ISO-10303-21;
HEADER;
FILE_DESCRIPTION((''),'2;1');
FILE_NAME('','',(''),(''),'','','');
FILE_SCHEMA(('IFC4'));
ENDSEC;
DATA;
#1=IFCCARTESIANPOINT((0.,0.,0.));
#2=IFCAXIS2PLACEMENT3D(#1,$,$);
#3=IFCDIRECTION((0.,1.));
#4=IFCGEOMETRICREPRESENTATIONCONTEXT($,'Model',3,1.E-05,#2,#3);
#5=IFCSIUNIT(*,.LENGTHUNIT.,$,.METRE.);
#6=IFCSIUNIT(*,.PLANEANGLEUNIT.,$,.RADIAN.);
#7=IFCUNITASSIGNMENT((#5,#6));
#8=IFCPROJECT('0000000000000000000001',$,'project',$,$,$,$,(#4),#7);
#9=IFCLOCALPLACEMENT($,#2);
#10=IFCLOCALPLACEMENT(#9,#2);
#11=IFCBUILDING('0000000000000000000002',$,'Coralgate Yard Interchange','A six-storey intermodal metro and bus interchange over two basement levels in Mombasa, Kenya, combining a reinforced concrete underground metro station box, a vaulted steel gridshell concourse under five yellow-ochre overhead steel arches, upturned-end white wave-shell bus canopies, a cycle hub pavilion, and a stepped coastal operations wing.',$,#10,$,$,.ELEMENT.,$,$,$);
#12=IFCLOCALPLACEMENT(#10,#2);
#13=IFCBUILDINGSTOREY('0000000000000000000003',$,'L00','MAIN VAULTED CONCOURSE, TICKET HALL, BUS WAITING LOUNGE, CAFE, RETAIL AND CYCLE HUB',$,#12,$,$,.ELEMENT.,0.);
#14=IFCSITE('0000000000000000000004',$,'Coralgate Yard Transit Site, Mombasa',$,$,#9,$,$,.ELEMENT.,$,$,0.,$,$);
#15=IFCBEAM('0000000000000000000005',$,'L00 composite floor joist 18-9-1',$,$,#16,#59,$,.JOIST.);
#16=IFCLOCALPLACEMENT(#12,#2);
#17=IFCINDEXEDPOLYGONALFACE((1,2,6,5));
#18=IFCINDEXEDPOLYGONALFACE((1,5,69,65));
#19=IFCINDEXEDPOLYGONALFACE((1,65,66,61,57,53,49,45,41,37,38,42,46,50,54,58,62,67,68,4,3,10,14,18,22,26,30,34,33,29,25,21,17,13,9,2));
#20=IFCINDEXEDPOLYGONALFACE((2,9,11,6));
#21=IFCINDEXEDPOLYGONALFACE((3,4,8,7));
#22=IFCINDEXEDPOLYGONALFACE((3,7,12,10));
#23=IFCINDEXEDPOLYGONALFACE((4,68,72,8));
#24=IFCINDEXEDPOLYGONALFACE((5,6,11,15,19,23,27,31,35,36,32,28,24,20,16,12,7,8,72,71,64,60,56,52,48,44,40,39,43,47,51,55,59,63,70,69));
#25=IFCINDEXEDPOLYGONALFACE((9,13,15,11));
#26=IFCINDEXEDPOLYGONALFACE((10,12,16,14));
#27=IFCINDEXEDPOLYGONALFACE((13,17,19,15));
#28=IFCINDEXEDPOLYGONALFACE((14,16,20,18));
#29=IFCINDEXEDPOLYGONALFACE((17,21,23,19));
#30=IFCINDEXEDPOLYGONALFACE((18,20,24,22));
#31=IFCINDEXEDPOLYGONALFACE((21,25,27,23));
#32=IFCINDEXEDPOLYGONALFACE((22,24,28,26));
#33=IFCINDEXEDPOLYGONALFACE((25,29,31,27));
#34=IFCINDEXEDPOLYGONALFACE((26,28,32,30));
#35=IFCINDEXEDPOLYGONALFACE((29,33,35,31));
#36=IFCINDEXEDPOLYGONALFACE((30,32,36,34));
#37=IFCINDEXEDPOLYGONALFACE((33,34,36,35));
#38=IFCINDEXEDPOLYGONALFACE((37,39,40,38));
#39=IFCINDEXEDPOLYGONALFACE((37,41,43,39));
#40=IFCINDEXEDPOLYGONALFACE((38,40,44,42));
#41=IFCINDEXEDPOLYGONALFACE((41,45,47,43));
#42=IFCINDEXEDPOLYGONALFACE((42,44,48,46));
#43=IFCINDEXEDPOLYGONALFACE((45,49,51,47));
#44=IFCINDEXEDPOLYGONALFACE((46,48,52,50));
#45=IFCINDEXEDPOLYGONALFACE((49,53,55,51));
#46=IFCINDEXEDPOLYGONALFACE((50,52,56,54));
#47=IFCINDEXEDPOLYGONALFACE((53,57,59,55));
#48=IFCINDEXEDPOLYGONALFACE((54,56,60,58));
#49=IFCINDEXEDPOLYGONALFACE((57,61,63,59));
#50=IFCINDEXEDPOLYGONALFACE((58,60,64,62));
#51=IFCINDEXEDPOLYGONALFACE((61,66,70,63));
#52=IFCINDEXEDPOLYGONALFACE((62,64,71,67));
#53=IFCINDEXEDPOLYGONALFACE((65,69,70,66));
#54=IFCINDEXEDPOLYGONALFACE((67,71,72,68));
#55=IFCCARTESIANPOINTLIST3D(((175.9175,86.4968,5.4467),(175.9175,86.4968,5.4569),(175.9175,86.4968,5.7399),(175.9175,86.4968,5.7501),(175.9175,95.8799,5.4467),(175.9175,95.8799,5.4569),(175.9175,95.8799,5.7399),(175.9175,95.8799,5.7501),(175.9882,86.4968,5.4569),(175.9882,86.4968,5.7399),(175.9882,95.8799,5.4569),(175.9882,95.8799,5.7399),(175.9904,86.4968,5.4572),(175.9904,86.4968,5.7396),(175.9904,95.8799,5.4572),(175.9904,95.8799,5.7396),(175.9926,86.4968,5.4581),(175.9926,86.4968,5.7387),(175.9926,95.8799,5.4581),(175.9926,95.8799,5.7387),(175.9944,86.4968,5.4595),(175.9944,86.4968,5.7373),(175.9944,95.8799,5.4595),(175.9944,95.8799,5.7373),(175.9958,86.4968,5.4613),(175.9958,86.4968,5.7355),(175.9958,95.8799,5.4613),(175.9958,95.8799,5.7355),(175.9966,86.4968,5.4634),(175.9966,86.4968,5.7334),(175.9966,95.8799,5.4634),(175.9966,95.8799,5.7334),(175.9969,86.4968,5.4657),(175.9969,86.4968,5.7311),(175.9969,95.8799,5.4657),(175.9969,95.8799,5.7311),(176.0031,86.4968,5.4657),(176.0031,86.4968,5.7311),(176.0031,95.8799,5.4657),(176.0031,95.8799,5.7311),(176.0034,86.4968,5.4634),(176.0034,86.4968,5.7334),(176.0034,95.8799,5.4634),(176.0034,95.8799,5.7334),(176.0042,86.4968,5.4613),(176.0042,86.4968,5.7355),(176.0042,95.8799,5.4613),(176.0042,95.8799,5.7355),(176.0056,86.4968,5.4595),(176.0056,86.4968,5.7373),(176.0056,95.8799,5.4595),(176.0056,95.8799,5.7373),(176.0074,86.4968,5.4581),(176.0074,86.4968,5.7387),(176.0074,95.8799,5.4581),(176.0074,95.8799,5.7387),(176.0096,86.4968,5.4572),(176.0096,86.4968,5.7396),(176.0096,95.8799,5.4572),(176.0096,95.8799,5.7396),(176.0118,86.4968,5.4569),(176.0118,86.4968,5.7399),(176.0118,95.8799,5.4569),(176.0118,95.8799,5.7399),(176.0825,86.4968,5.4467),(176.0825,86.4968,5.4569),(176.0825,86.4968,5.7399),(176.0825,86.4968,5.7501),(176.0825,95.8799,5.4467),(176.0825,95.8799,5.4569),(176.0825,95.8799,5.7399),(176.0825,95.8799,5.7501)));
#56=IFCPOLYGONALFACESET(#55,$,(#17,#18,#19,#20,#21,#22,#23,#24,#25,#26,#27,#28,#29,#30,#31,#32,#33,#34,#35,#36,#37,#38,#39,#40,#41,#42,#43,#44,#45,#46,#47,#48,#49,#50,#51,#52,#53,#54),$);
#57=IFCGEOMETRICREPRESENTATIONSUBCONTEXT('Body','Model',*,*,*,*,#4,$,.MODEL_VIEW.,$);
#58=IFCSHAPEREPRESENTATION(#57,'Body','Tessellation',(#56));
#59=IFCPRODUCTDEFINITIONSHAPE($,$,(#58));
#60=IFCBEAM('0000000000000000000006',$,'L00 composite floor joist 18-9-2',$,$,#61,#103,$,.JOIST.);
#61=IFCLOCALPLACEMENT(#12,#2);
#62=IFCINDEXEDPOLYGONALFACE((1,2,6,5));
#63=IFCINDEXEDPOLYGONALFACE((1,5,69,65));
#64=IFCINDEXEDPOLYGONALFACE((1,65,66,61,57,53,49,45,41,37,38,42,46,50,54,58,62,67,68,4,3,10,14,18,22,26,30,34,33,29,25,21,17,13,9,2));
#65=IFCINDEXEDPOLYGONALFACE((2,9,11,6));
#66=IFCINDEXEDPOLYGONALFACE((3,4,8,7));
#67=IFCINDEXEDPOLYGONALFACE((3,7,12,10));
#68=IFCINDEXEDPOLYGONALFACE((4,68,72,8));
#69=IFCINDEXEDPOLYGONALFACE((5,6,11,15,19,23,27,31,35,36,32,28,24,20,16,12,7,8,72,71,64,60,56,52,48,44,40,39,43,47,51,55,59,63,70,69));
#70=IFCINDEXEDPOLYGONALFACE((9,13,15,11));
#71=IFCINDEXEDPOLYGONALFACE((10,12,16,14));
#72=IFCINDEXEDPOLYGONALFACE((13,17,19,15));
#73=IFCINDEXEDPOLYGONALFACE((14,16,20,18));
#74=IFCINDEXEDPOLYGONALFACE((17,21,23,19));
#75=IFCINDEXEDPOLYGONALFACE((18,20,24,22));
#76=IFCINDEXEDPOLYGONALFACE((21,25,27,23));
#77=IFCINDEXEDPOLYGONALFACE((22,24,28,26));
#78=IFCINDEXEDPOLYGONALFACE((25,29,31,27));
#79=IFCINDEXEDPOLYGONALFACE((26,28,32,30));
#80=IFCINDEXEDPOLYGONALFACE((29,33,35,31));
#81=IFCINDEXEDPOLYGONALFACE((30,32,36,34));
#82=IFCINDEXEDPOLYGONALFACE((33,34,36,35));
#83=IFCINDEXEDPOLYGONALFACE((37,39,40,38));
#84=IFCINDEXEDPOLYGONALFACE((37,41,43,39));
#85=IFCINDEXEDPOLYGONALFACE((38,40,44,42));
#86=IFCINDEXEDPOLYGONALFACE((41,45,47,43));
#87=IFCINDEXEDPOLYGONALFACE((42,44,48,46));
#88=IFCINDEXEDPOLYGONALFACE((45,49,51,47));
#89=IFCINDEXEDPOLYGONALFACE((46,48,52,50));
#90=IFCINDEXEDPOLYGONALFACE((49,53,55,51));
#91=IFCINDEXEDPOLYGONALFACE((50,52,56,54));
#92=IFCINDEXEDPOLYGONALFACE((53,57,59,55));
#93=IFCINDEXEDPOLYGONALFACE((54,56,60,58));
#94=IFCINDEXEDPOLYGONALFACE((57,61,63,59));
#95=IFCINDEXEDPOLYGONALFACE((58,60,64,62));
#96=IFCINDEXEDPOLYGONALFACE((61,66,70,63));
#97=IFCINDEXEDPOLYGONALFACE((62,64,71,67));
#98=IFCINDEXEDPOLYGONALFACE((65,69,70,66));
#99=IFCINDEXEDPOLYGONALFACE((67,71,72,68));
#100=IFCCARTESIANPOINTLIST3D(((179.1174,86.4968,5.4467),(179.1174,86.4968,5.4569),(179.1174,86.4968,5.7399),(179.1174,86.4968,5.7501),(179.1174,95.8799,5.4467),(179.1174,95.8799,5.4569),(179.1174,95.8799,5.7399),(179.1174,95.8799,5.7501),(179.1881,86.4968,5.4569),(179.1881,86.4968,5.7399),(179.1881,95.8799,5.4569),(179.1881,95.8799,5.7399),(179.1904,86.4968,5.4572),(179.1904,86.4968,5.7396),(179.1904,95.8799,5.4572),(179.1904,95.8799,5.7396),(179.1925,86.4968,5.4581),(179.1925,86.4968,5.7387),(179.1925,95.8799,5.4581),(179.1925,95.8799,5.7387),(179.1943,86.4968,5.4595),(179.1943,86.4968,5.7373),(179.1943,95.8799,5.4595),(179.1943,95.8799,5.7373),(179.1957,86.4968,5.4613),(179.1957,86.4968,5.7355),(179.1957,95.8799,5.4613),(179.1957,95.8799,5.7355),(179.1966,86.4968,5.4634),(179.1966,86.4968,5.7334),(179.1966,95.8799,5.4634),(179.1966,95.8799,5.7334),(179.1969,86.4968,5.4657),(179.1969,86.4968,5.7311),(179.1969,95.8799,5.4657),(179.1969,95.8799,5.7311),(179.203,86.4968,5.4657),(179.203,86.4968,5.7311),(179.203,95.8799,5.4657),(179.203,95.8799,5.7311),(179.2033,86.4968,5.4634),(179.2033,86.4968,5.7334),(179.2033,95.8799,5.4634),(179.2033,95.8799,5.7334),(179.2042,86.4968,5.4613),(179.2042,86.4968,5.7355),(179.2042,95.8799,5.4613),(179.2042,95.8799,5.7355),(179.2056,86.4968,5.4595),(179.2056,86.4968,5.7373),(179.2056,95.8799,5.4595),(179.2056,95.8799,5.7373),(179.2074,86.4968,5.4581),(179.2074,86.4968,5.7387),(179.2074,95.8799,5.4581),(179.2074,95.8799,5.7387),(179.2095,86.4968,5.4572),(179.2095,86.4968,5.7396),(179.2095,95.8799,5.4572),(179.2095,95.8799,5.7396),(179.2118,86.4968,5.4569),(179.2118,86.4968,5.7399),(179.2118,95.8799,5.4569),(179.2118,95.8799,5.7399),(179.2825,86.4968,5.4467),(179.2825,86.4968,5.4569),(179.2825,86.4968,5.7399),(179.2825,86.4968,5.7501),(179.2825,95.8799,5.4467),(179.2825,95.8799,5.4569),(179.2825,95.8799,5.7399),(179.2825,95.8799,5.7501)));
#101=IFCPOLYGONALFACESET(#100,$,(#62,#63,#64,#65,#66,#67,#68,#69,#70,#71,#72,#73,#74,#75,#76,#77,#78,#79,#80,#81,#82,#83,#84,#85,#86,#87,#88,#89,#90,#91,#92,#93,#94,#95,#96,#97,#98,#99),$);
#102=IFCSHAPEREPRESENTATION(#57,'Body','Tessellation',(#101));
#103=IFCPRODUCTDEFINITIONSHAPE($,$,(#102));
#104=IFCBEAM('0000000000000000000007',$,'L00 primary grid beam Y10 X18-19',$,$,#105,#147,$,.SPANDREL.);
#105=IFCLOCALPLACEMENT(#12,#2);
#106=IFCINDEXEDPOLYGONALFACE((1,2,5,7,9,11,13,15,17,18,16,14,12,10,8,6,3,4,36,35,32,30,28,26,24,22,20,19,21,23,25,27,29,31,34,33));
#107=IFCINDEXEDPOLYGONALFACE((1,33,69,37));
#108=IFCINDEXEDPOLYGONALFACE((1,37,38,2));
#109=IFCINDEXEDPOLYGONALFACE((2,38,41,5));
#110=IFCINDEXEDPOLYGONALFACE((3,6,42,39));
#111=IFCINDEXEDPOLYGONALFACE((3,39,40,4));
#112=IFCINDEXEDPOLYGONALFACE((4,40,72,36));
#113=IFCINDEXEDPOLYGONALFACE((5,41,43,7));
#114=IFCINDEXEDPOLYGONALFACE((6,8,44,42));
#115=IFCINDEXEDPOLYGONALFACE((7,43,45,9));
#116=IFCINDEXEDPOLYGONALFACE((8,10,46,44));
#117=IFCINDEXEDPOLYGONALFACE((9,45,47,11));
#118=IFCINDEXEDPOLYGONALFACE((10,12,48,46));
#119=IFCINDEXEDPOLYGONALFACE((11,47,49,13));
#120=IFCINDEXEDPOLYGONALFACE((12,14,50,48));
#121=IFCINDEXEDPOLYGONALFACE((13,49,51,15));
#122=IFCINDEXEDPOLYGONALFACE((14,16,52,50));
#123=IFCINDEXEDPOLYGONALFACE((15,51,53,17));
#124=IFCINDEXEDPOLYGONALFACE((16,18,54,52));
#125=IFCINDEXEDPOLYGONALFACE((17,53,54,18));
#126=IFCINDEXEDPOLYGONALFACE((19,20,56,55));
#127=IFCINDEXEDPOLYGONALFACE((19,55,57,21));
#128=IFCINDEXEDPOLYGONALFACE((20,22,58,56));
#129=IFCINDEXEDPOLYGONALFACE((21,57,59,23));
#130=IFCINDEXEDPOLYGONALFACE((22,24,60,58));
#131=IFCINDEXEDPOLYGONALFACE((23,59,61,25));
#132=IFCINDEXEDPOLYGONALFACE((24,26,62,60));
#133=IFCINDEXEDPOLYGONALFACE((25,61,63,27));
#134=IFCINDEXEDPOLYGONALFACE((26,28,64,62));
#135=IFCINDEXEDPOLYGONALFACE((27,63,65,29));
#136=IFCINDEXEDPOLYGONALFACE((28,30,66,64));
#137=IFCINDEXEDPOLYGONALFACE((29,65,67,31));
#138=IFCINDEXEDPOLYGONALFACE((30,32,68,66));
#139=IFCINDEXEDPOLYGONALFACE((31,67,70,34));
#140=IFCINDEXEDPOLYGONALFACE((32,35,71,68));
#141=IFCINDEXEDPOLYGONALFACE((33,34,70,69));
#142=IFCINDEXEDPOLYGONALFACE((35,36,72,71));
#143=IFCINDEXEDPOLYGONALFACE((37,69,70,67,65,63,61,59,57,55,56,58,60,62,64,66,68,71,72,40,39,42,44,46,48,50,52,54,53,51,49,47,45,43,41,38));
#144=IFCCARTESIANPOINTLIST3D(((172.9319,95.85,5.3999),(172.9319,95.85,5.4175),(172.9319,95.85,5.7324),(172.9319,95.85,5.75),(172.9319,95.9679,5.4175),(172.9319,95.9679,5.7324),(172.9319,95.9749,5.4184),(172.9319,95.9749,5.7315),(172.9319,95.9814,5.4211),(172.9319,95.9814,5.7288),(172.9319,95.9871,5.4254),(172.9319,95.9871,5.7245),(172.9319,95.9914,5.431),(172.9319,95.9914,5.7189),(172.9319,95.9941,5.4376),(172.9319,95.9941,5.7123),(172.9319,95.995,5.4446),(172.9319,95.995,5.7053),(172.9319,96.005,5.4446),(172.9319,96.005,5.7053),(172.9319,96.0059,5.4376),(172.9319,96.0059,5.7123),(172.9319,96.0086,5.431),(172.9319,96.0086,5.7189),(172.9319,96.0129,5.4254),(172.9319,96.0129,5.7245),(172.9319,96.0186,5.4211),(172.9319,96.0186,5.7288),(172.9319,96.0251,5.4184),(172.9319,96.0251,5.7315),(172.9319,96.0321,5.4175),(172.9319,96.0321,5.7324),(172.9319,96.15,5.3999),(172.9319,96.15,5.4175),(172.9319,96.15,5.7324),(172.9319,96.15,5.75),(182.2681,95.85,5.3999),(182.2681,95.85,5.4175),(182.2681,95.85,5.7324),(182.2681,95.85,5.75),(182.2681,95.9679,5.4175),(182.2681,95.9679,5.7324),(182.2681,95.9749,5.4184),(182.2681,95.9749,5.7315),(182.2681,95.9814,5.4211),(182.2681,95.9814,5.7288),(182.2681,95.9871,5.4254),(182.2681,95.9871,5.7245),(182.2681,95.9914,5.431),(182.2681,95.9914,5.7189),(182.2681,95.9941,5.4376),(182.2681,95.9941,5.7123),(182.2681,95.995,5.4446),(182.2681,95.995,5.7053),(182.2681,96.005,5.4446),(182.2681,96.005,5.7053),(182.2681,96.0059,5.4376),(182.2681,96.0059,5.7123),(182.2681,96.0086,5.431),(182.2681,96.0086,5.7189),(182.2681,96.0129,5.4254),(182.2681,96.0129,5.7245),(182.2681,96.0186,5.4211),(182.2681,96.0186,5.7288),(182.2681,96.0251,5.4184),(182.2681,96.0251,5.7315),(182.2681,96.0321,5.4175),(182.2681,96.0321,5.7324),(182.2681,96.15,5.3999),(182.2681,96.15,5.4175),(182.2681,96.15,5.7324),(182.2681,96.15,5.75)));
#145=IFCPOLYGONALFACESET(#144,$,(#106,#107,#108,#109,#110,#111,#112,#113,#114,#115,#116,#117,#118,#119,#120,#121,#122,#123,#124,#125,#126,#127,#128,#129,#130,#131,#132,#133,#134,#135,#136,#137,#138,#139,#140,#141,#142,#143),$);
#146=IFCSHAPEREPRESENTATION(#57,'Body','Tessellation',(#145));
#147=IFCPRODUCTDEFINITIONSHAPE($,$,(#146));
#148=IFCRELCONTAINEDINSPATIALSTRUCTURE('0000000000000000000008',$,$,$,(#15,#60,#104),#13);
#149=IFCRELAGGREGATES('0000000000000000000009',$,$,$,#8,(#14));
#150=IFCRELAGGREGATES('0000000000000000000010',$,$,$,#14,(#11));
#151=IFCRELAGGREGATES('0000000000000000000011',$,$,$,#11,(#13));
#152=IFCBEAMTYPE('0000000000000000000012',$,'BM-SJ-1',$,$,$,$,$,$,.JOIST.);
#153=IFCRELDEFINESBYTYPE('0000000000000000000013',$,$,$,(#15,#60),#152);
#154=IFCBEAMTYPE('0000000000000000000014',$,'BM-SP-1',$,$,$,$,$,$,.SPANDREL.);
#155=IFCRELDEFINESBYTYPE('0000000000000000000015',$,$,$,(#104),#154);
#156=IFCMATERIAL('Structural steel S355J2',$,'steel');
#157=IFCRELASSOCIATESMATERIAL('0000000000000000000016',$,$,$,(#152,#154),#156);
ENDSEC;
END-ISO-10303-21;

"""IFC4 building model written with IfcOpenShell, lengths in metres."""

from ifc_helpers import new_model, si_unit, direction, frame, origin, origin_2d, place, context, subcontext, project, spatial, i_section, extrude, material, material_profile, profile_set, type_object, element, save


model = new_model("IFC4")

# Units and contexts
model_context = context("Model", 3, precision=1e-05, world=origin(), true_north=direction((0.0, 1.0)))
body_context = subcontext(model_context, "Body", "Model", "MODEL_VIEW")
ifc_project = project(units=[si_unit("LENGTHUNIT", "METRE"), si_unit("PLANEANGLEUNIT", "RADIAN")], contexts=[model_context])

# Site, building, storey
site_placement = place(None, origin())
site = spatial("IfcSite", under=ifc_project, at=site_placement, Name="Coralgate Yard Transit Site, Mombasa", CompositionType="ELEMENT", RefElevation=0.0)
building_placement = place(site_placement, origin())
building = spatial("IfcBuilding", under=site, at=building_placement, Name="Coralgate Yard Interchange", Description="A six-storey intermodal metro and bus interchange over two basement levels in Mombasa, Kenya, combining a reinforced concrete underground metro station box, a vaulted steel gridshell concourse under five yellow-ochre overhead steel arches, upturned-end white wave-shell bus canopies, a cycle hub pavilion, and a stepped coastal operations wing.", CompositionType="ELEMENT")
storey_placement = place(building_placement, origin())
storey = spatial("IfcBuildingStorey", under=building, at=storey_placement, Name="L00", Description="MAIN VAULTED CONCOURSE, TICKET HALL, BUS WAITING LOUNGE, CAFE, RETAIL AND CYCLE HUB", CompositionType="ELEMENT", Elevation=0.0)

# Shared definitions
ifc_material_1 = material(Name="Structural steel S355J2", Category="steel")

# Beams
ifc_material_profile_1 = material_profile(ifc_material_1, i_section(OverallWidth=0.165, OverallDepth=0.3035, WebThickness=0.0061, FlangeThickness=0.0103, FilletRadius=0.0088, at=origin_2d()), Name="UB 305x165x40")
ifc_profile_set_1 = profile_set([ifc_material_profile_1], Name="Structural steel S355J2")
beam_type_1 = type_object("IfcBeamType", Name="BM-SJ-1", PredefinedType="JOIST", material=ifc_profile_set_1)
for number, where, z_axis, x_axis, name in (
    (1, (176.0, 86.4968, 5.5984), (0.0, 1.0, 0.0), (-1.0, 0.0, 0.0), "L00 composite floor joist 18-9-1"),
    (2, (179.2, 86.4968, 5.5984), (0.0, 1.0, 0.0), (-1.0, 0.0, 0.0), "L00 composite floor joist 18-9-2"),
):
    element("IfcBeam", number, at=place(storey_placement, frame(where, z_axis=z_axis, x_axis=x_axis)), inside=storey, type_object=beam_type_1, Name=name, PredefinedType="JOIST", context=body_context, shape_type="SweptSolid", body=[
        extrude(i_section(OverallWidth=0.165, OverallDepth=0.3035, WebThickness=0.0061, FlangeThickness=0.0103, FilletRadius=0.0088, at=origin_2d()), origin(), (0.0, 0.0, 1.0), 9.3831),
    ])
ifc_material_profile_2 = material_profile(ifc_material_1, i_section(OverallWidth=0.3, OverallDepth=0.3501, WebThickness=0.01, FlangeThickness=0.0176, FilletRadius=0.0271, at=origin_2d()), Name="HEA 360")
ifc_profile_set_2 = profile_set([ifc_material_profile_2], Name="Structural steel S355J2")
beam_type_2 = type_object("IfcBeamType", Name="BM-SP-1", PredefinedType="SPANDREL", material=ifc_profile_set_2)
beam_1_placement = place(storey_placement, frame((172.9319, 96.0, 5.575), z_axis=(1.0, 0.0, 0.0), x_axis=(0.0, 1.0, 0.0)))
element("IfcBeam", 3, at=beam_1_placement, inside=storey, type_object=beam_type_2, Name="L00 primary grid beam Y10 X18-19", PredefinedType="SPANDREL", context=body_context, shape_type="SweptSolid", body=[
    extrude(i_section(OverallWidth=0.3, OverallDepth=0.3501, WebThickness=0.01, FlangeThickness=0.0176, FilletRadius=0.0271, at=origin_2d()), origin(), (0.0, 0.0, 1.0), 9.3362),
])

save(model, "model.ifc")
